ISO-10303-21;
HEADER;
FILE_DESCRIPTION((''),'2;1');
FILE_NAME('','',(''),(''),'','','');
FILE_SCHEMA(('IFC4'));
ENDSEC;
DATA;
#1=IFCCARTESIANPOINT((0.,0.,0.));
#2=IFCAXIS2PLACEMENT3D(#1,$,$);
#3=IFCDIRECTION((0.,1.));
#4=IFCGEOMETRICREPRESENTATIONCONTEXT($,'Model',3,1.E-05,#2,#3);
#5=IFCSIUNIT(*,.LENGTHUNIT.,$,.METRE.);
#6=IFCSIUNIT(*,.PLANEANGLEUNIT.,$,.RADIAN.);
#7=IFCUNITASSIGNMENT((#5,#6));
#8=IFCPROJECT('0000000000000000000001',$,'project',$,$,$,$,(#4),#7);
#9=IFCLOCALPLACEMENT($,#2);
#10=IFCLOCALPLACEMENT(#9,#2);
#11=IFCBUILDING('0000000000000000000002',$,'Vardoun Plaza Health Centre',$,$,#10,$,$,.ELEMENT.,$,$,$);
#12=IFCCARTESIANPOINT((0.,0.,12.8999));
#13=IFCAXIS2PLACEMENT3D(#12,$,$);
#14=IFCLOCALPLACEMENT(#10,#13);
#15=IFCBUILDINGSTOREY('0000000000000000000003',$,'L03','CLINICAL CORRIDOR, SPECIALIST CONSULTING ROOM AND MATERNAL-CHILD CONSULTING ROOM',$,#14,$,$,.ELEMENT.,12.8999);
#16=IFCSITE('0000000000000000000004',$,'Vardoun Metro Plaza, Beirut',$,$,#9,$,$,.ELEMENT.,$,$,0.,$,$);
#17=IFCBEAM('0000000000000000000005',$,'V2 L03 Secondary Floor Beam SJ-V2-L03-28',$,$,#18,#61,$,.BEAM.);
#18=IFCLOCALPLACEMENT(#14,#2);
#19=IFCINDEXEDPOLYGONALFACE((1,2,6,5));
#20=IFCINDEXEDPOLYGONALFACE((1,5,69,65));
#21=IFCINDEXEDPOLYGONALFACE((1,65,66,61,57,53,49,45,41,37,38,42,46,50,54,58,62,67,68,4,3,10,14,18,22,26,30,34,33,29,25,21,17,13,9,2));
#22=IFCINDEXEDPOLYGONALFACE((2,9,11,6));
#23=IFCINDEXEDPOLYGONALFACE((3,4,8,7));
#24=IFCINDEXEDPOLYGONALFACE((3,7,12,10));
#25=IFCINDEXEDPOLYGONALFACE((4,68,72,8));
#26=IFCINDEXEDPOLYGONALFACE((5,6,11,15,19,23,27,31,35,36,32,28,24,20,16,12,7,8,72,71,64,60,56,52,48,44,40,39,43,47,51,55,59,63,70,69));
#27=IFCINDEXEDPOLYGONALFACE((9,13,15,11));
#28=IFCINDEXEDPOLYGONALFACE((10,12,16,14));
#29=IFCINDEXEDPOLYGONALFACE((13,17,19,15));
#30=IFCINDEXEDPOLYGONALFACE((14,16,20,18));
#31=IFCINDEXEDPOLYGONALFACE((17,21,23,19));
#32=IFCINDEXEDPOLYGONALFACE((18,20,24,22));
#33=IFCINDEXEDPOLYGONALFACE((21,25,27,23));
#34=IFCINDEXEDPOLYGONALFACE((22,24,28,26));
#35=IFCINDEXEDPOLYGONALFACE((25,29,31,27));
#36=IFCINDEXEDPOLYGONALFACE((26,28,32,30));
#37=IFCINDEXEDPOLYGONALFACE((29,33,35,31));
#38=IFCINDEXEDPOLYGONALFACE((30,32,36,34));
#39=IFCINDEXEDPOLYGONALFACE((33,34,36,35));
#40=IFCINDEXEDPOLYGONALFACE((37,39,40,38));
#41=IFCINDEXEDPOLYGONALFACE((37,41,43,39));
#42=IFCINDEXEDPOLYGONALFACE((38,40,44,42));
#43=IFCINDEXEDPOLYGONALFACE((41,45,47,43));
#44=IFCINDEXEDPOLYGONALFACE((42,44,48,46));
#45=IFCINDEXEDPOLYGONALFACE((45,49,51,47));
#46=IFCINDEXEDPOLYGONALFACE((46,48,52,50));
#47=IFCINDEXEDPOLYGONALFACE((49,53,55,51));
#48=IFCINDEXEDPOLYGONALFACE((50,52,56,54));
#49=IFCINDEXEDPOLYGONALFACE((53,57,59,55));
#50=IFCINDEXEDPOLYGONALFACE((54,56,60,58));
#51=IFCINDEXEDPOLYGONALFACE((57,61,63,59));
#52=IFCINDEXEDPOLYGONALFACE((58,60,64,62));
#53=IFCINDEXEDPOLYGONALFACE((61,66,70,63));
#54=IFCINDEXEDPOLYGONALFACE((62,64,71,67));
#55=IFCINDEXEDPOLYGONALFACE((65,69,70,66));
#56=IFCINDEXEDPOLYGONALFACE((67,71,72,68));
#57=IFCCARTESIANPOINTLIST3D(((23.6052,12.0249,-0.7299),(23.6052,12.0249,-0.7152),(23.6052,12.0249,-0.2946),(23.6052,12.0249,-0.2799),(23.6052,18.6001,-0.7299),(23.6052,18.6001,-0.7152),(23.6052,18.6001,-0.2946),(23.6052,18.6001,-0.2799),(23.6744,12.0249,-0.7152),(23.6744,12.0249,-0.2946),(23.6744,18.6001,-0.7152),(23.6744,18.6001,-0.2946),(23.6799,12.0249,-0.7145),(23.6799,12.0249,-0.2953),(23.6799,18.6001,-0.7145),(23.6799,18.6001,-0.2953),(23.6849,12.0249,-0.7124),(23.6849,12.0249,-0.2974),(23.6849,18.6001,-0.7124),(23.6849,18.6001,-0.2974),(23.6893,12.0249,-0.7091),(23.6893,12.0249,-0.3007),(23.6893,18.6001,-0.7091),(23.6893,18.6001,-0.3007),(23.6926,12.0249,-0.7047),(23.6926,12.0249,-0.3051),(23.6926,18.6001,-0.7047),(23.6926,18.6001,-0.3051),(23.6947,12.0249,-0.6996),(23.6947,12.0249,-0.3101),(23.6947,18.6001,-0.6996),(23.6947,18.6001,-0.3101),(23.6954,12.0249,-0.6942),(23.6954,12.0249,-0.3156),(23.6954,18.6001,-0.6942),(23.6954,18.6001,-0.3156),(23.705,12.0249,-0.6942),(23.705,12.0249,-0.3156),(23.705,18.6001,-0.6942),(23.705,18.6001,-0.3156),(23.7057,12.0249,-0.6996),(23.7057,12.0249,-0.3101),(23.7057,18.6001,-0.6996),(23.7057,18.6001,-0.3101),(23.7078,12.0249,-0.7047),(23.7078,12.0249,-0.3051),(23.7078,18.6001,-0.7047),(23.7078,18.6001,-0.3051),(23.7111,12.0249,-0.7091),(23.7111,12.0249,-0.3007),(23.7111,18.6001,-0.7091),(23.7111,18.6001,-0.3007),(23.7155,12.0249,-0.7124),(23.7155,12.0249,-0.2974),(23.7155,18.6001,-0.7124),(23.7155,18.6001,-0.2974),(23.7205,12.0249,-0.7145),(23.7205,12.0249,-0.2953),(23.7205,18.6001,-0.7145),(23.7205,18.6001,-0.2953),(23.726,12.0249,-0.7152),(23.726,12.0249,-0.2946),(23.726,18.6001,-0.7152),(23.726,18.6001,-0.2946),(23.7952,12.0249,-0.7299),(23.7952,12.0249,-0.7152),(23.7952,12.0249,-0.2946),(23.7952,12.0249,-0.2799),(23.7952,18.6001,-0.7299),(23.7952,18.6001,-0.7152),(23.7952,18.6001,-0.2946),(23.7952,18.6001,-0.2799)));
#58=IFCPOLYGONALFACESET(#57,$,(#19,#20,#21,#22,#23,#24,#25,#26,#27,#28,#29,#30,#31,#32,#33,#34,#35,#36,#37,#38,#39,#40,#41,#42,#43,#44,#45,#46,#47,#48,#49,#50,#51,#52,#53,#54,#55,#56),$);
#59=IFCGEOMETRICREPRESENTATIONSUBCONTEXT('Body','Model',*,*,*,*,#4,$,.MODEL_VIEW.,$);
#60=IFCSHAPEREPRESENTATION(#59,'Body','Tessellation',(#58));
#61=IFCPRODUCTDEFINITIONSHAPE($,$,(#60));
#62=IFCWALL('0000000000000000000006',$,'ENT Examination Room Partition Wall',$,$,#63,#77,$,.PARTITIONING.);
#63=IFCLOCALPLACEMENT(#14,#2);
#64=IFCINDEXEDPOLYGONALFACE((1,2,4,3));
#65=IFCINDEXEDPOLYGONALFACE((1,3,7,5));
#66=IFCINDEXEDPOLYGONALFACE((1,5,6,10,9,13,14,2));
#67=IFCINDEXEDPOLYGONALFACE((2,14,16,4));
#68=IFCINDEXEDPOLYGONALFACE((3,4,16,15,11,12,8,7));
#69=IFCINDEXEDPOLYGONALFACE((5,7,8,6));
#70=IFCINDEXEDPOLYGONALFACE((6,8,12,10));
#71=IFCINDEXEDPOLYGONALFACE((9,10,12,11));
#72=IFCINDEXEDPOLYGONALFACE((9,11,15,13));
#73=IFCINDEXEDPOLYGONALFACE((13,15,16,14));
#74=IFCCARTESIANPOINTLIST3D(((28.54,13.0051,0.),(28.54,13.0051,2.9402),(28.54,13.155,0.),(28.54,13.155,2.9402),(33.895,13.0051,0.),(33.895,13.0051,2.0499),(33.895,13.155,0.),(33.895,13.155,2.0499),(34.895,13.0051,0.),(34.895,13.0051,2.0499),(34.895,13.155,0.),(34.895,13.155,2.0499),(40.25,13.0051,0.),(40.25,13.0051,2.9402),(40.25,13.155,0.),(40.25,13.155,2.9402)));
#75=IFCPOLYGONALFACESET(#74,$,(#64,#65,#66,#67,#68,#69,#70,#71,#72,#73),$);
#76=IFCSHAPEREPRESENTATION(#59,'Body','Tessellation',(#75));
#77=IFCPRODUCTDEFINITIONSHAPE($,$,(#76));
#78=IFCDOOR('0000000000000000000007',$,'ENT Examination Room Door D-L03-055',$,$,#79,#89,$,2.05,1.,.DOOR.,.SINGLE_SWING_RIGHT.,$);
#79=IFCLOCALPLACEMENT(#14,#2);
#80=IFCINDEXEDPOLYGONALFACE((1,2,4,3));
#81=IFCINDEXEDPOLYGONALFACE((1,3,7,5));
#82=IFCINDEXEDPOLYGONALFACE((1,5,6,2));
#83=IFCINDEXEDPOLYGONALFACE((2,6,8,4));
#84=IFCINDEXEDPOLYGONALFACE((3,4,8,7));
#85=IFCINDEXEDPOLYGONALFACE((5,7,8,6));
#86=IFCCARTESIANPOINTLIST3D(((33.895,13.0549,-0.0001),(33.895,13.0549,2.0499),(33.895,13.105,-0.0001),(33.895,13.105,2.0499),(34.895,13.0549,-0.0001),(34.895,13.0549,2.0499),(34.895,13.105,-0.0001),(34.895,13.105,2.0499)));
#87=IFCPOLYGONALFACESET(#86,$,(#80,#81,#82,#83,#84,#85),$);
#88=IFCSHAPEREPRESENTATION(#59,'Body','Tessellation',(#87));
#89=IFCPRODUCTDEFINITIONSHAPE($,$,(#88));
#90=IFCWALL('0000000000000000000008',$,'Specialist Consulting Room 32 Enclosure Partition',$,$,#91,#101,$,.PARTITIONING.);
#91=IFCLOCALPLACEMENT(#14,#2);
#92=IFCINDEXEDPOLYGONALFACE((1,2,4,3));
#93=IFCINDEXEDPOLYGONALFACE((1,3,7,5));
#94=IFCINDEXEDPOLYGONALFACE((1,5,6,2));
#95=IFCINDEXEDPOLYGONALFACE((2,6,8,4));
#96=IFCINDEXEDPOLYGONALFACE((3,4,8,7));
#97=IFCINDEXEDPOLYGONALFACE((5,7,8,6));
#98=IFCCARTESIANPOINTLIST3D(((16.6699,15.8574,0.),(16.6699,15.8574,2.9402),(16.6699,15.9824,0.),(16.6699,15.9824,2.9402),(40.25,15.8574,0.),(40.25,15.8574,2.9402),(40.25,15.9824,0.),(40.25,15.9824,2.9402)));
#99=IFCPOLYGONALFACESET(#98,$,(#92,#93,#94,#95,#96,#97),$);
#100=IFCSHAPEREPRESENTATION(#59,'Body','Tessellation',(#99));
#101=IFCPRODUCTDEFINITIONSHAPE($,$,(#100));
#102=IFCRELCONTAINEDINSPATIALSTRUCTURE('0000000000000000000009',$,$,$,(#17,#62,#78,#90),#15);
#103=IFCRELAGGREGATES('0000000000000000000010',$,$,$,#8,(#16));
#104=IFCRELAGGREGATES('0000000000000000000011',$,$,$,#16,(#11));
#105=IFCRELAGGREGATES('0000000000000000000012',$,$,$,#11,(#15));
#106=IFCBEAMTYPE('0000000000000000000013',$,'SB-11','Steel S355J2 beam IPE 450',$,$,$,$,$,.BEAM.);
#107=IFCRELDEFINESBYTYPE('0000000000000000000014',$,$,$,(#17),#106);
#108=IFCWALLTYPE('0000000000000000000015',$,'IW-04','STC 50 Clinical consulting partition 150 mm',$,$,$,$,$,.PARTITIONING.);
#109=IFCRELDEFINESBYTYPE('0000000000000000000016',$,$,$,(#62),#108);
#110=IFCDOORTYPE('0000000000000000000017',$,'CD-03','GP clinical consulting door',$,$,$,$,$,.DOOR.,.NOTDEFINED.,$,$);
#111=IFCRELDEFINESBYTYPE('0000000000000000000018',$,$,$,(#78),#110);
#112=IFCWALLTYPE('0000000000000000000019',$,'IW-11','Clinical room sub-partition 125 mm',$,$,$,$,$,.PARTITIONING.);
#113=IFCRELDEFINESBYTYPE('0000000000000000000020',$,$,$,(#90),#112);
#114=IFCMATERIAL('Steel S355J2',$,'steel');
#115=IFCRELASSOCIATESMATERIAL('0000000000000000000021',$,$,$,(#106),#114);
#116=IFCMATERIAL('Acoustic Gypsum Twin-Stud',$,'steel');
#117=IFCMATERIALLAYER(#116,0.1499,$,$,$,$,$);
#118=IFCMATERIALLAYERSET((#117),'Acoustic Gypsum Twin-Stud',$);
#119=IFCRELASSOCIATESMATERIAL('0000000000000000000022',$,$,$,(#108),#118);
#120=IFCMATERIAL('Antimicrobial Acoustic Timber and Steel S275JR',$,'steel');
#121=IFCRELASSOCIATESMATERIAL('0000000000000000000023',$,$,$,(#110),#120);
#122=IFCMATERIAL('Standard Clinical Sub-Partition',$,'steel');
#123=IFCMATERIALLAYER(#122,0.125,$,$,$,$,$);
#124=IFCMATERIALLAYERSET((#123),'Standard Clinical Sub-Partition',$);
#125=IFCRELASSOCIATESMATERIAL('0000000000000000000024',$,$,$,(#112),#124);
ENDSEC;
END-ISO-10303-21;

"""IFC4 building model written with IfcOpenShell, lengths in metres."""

from ifc_helpers import new_model, si_unit, direction, frame, frame_2d, origin, origin_2d, place, context, subcontext, project, spatial, rectangle, i_section, extrude, material, layer, layer_set, material_profile, profile_set, type_object, element, fill, save


model = new_model("IFC4")

# Units and contexts
model_context = context("Model", 3, precision=1e-05, world=origin(), true_north=direction((0.0, 1.0)))
body_context = subcontext(model_context, "Body", "Model", "MODEL_VIEW")
ifc_project = project(units=[si_unit("LENGTHUNIT", "METRE"), si_unit("PLANEANGLEUNIT", "RADIAN")], contexts=[model_context])

# Site, building, storey
site_placement = place(None, origin())
site = spatial("IfcSite", under=ifc_project, at=site_placement, Name="Vardoun Metro Plaza, Beirut", CompositionType="ELEMENT", RefElevation=0.0)
building_placement = place(site_placement, origin())
building = spatial("IfcBuilding", under=site, at=building_placement, Name="Vardoun Plaza Health Centre", CompositionType="ELEMENT")
storey_placement = place(building_placement, frame((0.0, 0.0, 12.8999)))
storey = spatial("IfcBuildingStorey", under=building, at=storey_placement, Name="L03", Description="CLINICAL CORRIDOR, SPECIALIST CONSULTING ROOM AND MATERNAL-CHILD CONSULTING ROOM", CompositionType="ELEMENT", Elevation=12.8999)

# Beam
ifc_material_1 = material(Name="Steel S355J2", Category="steel")
ifc_material_profile_1 = material_profile(ifc_material_1, i_section(OverallWidth=0.1899, OverallDepth=0.45, WebThickness=0.0095, FlangeThickness=0.0146, FilletRadius=0.021, at=origin_2d()), Name="IPE 450")
ifc_profile_set_1 = profile_set([ifc_material_profile_1], Name="Steel S355J2")
beam_type_1 = type_object("IfcBeamType", Name="SB-11", Description="Steel S355J2 beam IPE 450", PredefinedType="BEAM", material=ifc_profile_set_1)
beam_1_placement = place(storey_placement, frame((23.7002, 12.0249, -0.5049), z_axis=(0.0, 1.0, 0.0), x_axis=(-1.0, 0.0, 0.0)))
element("IfcBeam", 1, at=beam_1_placement, inside=storey, type_object=beam_type_1, Name="V2 L03 Secondary Floor Beam SJ-V2-L03-28", PredefinedType="BEAM", context=body_context, shape_type="SweptSolid", body=[
    extrude(i_section(OverallWidth=0.1899, OverallDepth=0.45, WebThickness=0.0095, FlangeThickness=0.0146, FilletRadius=0.021, at=origin_2d()), origin(), (0.0, 0.0, 1.0), 6.5752),
])

# Wall, opening, door
ifc_material_2 = material(Name="Acoustic Gypsum Twin-Stud", Category="steel")
ifc_layer_1 = layer(ifc_material_2, 0.1499)
ifc_layer_set_1 = layer_set([ifc_layer_1], Name="Acoustic Gypsum Twin-Stud")
wall_type_1 = type_object("IfcWallType", Name="IW-04", Description="STC 50 Clinical consulting partition 150 mm", PredefinedType="PARTITIONING", material=ifc_layer_set_1)
wall_1_placement = place(storey_placement, frame((28.54, 13.0801, 0.0), z_axis=(0.0, 0.0, 1.0), x_axis=(1.0, 0.0, 0.0)))
wall_1 = element("IfcWall", 2, at=wall_1_placement, inside=storey, type_object=wall_type_1, Name="ENT Examination Room Partition Wall", PredefinedType="PARTITIONING", context=body_context, shape_type="SweptSolid", body=[
    extrude(rectangle(XDim=11.71, YDim=0.1499, at=frame_2d((5.855, 0.0))), origin(), (0.0, 0.0, 1.0), 2.9402),
])
opening_1_placement = place(wall_1_placement, frame((5.355, 0.0, 0.0)))
opening_1 = element("IfcOpeningElement", 3, at=opening_1_placement, cuts=wall_1, PredefinedType="OPENING", context=body_context, shape_type="SweptSolid", body=[
    extrude(rectangle(XDim=1.0, YDim=2.05, at=frame_2d((0.5, 1.0249))), frame((0.0, 0.075, 0.0), z_axis=(0.0, -1.0, 0.0), x_axis=(1.0, 0.0, 0.0)), (0.0, 0.0, 1.0), 0.1499),
])
ifc_material_3 = material(Name="Antimicrobial Acoustic Timber and Steel S275JR", Category="steel")
door_type_1 = type_object("IfcDoorType", Name="CD-03", Description="GP clinical consulting door", OperationType="NOTDEFINED", PredefinedType="DOOR", material=ifc_material_3)
door_1_placement = place(opening_1_placement, origin())
door_1 = element("IfcDoor", 4, at=door_1_placement, inside=storey, type_object=door_type_1, Name="ENT Examination Room Door D-L03-055", OperationType="SINGLE_SWING_RIGHT", OverallHeight=2.05, OverallWidth=1.0, PredefinedType="DOOR", context=body_context, shape_type="SweptSolid", body=[
    extrude(rectangle(XDim=1.0, YDim=2.05, at=frame_2d((0.5, 1.0249))), frame((0.0, 0.0249, 0.0), z_axis=(0.0, -1.0, 0.0), x_axis=(1.0, 0.0, 0.0)), (0.0, 0.0, 1.0), 0.05),
])
fill(opening_1, door_1)

# Wall
ifc_material_4 = material(Name="Standard Clinical Sub-Partition", Category="steel")
ifc_layer_2 = layer(ifc_material_4, 0.125)
ifc_layer_set_2 = layer_set([ifc_layer_2], Name="Standard Clinical Sub-Partition")
wall_type_2 = type_object("IfcWallType", Name="IW-11", Description="Clinical room sub-partition 125 mm", PredefinedType="PARTITIONING", material=ifc_layer_set_2)
wall_2_placement = place(storey_placement, frame((40.25, 15.9199, 0.0), z_axis=(0.0, 0.0, 1.0), x_axis=(-1.0, 0.0, 0.0)))
element("IfcWall", 5, at=wall_2_placement, inside=storey, type_object=wall_type_2, Name="Specialist Consulting Room 32 Enclosure Partition", PredefinedType="PARTITIONING", context=body_context, shape_type="SweptSolid", body=[
    extrude(rectangle(XDim=23.5801, YDim=0.125, at=frame_2d((11.79, 0.0))), origin(), (0.0, 0.0, 1.0), 2.9402),
])

save(model, "model.ifc")
